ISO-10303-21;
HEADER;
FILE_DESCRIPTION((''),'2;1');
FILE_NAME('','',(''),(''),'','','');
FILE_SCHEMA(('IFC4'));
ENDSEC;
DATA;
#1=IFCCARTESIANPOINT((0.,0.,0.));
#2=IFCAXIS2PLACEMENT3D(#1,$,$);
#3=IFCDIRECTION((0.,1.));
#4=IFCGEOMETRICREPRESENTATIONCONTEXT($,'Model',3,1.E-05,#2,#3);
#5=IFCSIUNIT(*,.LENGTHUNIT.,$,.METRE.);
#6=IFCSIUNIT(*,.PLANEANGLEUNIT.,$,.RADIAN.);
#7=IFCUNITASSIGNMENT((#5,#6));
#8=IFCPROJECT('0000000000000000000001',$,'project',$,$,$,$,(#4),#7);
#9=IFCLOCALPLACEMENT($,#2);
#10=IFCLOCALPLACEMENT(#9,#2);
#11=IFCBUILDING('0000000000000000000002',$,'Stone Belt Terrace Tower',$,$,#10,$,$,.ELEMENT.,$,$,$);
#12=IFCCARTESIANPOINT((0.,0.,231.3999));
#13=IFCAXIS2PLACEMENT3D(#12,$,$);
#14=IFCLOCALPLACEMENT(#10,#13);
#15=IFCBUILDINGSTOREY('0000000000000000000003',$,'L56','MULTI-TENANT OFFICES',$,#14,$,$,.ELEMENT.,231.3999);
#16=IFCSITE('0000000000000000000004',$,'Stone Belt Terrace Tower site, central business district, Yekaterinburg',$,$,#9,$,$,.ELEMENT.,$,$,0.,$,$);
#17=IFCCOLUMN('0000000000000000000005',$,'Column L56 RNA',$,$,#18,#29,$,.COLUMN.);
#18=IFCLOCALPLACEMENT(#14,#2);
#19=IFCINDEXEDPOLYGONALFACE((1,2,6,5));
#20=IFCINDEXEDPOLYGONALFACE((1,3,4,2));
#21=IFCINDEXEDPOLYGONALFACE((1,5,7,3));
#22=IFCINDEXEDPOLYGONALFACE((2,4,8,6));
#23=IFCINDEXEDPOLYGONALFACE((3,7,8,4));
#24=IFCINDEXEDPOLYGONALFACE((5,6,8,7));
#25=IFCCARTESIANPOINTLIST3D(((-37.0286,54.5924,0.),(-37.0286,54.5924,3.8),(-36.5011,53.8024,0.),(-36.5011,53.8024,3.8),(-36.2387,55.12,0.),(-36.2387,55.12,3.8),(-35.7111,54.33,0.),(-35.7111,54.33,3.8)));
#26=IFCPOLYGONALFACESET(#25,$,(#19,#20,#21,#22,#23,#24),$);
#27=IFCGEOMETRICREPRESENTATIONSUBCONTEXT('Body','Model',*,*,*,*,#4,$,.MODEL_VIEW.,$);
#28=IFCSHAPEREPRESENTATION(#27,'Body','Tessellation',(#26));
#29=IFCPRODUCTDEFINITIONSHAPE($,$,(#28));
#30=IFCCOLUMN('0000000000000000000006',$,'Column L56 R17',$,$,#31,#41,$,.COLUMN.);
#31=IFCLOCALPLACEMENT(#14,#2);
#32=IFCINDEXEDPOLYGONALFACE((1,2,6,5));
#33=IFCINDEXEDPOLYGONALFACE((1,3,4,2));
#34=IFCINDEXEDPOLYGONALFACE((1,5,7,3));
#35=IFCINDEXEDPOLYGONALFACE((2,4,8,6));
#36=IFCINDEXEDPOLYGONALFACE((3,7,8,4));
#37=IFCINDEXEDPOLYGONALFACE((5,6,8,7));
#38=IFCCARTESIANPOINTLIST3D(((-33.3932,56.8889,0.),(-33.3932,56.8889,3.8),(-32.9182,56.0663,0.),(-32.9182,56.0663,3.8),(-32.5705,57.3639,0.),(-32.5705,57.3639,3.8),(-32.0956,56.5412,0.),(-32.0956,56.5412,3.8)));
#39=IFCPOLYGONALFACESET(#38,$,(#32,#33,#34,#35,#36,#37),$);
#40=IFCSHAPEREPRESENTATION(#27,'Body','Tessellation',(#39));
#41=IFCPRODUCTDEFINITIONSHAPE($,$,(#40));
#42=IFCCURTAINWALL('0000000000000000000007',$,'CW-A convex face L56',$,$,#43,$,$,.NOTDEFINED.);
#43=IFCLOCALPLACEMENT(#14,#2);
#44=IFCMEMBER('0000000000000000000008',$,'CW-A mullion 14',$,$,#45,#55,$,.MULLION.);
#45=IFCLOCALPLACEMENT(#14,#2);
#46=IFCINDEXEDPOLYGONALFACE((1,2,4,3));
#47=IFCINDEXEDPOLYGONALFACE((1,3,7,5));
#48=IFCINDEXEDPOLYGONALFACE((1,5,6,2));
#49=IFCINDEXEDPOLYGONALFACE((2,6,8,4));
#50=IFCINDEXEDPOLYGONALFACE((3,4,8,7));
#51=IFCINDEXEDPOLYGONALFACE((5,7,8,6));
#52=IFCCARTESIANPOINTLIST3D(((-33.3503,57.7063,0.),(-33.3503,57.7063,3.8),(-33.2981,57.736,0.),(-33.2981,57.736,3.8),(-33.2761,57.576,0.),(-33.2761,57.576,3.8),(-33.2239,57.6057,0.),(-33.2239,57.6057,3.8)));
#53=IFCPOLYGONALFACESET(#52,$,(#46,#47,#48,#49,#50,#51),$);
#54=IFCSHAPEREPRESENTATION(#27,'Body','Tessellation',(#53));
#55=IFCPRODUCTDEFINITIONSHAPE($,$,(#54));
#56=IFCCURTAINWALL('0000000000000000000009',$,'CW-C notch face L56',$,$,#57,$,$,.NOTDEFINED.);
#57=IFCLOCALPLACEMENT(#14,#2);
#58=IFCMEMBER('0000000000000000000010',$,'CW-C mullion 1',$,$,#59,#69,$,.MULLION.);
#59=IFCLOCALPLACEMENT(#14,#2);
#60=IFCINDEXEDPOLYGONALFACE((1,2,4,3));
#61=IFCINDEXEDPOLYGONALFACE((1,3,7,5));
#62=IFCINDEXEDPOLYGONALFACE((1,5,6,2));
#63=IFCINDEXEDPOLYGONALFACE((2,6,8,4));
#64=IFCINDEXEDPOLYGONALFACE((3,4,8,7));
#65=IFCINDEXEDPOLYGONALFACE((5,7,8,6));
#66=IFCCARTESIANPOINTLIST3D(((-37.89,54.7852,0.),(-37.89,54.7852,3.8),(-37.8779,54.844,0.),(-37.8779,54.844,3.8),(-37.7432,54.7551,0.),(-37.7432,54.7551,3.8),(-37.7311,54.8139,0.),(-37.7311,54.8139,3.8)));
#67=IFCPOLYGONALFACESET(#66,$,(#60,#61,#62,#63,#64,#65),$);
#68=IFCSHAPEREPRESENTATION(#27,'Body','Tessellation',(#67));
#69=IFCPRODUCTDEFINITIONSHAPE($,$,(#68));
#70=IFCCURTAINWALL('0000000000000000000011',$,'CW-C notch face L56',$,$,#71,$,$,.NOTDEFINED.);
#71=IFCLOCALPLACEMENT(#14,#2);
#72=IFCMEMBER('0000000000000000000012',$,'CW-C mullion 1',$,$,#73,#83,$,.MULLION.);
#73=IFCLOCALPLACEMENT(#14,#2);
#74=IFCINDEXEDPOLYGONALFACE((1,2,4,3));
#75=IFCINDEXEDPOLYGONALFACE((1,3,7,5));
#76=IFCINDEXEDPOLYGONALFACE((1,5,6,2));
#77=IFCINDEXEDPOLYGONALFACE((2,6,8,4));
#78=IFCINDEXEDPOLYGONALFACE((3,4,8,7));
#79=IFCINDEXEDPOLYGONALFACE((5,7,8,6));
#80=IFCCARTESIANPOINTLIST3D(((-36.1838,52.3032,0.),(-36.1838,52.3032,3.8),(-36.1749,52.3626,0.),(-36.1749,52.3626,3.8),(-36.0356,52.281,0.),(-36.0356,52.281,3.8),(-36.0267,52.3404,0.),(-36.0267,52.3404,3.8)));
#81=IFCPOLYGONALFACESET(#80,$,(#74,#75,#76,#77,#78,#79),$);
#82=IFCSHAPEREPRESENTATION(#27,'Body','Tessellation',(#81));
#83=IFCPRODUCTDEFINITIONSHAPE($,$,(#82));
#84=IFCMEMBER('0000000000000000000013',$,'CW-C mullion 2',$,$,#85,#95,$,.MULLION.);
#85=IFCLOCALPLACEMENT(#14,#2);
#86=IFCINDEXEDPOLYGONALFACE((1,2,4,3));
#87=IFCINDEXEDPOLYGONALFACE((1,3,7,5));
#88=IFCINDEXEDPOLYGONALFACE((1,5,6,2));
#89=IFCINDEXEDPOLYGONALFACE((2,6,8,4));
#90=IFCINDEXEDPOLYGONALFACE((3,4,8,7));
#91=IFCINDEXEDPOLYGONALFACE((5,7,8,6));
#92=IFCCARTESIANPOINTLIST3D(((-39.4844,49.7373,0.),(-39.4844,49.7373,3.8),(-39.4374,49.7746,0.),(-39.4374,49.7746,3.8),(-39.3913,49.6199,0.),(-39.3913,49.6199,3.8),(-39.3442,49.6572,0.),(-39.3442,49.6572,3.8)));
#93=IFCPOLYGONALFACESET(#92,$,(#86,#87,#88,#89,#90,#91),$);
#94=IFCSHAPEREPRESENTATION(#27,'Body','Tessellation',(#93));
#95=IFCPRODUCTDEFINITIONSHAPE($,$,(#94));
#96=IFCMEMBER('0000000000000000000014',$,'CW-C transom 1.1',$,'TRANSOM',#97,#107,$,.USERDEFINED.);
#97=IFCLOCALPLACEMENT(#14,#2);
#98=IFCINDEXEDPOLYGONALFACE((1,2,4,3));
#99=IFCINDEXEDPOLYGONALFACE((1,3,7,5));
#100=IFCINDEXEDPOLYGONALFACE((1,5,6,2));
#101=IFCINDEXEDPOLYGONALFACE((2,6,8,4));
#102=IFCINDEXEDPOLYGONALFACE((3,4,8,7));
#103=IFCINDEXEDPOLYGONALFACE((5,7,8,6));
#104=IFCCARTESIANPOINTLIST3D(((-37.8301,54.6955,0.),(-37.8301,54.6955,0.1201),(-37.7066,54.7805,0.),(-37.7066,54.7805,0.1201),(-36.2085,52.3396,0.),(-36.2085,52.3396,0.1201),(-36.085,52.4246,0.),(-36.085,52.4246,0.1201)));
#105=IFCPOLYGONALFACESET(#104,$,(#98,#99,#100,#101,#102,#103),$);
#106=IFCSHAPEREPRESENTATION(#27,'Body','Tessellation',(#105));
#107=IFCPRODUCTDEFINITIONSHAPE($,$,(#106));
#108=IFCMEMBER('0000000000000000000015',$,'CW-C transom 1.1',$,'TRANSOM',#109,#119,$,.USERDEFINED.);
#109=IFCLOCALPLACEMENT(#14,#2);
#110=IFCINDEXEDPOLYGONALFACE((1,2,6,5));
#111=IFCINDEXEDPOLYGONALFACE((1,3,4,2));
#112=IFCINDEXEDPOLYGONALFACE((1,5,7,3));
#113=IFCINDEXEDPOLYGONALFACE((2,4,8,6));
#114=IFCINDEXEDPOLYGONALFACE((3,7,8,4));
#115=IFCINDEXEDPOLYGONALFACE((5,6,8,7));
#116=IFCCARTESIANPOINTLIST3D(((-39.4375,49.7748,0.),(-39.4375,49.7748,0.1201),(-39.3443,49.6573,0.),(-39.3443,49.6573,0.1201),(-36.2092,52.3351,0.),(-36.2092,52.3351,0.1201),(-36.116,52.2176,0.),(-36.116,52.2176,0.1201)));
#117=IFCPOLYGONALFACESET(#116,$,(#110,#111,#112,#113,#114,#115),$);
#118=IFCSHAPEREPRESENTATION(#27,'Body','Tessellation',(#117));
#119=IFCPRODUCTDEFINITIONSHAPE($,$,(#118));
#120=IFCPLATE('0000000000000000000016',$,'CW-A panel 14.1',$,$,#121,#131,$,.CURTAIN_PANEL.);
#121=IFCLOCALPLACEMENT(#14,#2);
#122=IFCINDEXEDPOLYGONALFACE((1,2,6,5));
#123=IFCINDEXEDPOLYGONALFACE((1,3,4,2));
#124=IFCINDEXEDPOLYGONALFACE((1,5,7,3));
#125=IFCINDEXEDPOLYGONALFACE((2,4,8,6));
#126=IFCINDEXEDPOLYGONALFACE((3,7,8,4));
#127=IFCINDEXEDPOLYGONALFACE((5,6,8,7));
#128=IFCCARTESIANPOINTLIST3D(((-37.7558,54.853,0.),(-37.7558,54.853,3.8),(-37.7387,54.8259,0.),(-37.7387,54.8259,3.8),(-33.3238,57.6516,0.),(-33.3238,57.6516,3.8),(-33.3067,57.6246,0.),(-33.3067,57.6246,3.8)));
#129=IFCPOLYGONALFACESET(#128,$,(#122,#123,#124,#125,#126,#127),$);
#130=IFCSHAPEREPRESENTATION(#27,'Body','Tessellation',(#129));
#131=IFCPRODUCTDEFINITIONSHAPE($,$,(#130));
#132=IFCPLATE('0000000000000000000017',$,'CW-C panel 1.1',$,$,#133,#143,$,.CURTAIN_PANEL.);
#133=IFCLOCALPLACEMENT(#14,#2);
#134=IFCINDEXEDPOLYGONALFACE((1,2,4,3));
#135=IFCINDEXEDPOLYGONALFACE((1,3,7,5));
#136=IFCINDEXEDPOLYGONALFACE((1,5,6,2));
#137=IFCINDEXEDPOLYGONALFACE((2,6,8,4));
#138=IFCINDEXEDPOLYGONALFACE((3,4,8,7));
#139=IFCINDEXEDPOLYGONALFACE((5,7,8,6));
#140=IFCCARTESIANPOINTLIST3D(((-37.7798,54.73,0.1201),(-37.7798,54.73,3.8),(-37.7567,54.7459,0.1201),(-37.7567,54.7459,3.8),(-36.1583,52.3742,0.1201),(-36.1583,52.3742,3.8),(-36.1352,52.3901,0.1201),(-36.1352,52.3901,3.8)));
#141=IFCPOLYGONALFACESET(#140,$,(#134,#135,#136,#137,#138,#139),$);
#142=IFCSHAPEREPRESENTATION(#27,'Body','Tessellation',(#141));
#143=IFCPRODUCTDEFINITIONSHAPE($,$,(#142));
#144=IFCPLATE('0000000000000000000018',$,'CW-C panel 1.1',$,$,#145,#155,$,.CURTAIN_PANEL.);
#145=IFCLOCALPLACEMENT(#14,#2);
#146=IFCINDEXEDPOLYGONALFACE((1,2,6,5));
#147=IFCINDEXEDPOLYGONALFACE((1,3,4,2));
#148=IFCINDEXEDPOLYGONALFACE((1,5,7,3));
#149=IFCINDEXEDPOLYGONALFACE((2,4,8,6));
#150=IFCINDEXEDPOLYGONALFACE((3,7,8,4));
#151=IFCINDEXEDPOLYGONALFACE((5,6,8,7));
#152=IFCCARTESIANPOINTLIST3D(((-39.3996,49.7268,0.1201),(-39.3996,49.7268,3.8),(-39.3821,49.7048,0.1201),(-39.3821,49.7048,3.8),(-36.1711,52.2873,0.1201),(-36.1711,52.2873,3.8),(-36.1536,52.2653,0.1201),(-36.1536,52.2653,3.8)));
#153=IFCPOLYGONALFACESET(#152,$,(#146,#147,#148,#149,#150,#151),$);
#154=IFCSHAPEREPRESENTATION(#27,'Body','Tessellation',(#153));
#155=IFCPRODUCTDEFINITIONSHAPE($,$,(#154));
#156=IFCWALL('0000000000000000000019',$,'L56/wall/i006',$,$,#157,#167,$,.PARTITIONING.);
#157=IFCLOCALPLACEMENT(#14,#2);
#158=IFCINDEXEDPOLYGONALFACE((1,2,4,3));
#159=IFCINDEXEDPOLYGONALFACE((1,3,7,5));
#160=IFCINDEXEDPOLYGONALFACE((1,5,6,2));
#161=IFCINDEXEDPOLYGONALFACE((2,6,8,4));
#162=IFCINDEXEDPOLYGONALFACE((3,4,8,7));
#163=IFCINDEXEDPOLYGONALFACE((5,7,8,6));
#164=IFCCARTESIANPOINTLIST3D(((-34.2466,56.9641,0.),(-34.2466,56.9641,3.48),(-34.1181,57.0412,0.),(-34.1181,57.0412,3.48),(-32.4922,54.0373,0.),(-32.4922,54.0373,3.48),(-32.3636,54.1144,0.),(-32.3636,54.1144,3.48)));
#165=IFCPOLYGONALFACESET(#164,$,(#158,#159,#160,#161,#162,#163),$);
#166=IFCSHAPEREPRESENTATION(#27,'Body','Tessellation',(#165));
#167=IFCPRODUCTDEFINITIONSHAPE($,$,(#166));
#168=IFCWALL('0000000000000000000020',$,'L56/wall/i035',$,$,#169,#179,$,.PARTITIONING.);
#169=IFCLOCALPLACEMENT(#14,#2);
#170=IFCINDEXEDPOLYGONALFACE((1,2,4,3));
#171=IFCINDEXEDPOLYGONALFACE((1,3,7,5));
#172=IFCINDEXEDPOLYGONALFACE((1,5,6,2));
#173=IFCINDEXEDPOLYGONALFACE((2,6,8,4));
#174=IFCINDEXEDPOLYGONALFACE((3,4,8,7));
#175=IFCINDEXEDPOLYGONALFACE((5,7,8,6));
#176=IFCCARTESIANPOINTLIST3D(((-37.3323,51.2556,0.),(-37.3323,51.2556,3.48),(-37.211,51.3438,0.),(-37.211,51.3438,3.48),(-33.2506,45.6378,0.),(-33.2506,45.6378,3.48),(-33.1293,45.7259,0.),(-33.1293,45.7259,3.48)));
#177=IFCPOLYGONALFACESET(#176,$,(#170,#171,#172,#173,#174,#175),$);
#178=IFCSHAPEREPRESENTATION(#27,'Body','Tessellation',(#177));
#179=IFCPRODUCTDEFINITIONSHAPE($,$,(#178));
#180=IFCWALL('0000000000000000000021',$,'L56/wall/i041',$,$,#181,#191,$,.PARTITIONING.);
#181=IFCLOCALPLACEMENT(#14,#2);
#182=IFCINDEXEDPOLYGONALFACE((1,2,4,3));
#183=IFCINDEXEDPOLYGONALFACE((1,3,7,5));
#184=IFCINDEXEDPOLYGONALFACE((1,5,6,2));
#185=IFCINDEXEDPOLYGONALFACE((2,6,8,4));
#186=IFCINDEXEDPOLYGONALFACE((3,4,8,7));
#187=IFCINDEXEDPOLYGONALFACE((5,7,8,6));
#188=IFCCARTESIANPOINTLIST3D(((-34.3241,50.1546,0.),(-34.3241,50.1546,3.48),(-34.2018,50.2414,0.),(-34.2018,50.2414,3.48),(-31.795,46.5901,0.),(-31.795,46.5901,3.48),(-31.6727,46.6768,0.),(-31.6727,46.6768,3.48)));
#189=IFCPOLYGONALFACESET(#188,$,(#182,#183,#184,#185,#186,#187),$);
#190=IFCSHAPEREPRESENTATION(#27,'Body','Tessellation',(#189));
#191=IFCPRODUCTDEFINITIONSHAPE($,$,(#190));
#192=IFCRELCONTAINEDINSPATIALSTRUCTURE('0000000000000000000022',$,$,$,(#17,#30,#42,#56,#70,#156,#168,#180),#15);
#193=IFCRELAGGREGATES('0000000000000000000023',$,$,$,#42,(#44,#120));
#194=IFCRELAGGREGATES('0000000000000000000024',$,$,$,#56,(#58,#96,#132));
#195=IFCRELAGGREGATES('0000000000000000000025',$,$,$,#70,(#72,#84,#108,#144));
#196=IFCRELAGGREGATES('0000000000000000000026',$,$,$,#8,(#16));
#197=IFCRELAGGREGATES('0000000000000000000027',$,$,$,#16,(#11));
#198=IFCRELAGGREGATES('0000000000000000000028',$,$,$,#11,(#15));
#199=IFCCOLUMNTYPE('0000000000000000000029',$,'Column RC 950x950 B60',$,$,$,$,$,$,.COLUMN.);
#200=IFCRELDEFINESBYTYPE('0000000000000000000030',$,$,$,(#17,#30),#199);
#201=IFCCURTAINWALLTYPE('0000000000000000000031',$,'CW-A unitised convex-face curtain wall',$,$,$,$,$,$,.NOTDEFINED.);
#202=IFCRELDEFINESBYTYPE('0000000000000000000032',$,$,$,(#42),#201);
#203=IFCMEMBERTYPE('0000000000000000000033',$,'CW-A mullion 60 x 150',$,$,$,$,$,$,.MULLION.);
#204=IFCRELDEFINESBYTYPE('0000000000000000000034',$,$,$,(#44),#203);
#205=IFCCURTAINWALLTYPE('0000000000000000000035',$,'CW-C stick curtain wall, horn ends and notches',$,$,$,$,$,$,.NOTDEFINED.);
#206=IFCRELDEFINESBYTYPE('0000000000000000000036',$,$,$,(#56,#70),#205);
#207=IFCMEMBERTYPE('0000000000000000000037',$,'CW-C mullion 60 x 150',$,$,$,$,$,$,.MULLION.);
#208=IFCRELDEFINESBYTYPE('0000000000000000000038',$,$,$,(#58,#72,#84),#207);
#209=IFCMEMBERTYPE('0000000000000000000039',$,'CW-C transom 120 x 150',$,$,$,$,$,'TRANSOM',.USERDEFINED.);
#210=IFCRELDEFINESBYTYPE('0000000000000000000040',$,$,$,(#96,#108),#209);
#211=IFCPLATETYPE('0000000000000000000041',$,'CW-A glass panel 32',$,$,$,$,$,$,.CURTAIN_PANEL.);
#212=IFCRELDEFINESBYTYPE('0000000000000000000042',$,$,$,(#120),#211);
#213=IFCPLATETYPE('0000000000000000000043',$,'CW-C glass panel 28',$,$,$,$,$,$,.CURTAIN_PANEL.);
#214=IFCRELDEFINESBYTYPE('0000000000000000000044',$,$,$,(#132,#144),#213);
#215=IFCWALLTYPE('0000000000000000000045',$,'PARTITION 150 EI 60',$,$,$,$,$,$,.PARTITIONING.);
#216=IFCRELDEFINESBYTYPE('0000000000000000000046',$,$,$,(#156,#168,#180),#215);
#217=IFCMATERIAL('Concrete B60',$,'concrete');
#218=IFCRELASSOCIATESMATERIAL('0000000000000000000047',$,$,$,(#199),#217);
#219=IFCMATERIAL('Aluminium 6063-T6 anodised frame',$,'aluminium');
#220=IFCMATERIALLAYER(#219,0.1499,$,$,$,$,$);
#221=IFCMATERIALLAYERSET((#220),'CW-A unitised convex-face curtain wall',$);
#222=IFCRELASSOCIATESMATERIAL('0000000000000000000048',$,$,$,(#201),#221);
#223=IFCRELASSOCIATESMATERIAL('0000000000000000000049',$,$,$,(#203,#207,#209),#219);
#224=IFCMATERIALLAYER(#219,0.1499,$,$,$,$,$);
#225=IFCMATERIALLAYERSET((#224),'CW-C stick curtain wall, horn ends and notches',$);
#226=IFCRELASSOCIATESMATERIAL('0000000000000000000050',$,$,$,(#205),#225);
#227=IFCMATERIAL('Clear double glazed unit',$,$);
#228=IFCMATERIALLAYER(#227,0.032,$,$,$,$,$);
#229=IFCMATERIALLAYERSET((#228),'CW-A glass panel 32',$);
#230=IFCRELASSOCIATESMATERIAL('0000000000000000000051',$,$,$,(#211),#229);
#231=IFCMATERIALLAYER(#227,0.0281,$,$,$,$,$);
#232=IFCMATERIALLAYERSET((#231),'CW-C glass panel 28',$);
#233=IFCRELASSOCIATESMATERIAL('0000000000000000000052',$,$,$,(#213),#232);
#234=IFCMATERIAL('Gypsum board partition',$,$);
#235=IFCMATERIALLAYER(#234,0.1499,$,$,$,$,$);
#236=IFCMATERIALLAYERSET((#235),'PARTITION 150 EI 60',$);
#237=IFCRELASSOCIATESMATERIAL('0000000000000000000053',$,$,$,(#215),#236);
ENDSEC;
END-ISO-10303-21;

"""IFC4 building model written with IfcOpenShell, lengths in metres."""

from ifc_helpers import new_model, si_unit, direction, frame, frame_2d, origin, origin_2d, place, context, subcontext, project, spatial, rectangle, extrude, material, layer, layer_set, material_profile, profile_set, type_object, element, aggregate, save


model = new_model("IFC4")

# Units and contexts
model_context = context("Model", 3, precision=1e-05, world=origin(), true_north=direction((0.0, 1.0)))
body_context = subcontext(model_context, "Body", "Model", "MODEL_VIEW")
ifc_project = project(units=[si_unit("LENGTHUNIT", "METRE"), si_unit("PLANEANGLEUNIT", "RADIAN")], contexts=[model_context])

# Site, building, storey
site_placement = place(None, origin())
site = spatial("IfcSite", under=ifc_project, at=site_placement, Name="Stone Belt Terrace Tower site, central business district, Yekaterinburg", CompositionType="ELEMENT", RefElevation=0.0)
building_placement = place(site_placement, origin())
building = spatial("IfcBuilding", under=site, at=building_placement, Name="Stone Belt Terrace Tower", CompositionType="ELEMENT")
storey_placement = place(building_placement, frame((0.0, 0.0, 231.3999)))
storey = spatial("IfcBuildingStorey", under=building, at=storey_placement, Name="L56", Description="MULTI-TENANT OFFICES", CompositionType="ELEMENT", Elevation=231.3999)

# Columns
ifc_material_1 = material(Name="Concrete B60", Category="concrete")
ifc_material_profile_1 = material_profile(ifc_material_1, rectangle(XDim=0.95, YDim=0.95, at=origin_2d()), Name="RC 950x950")
ifc_profile_set_1 = profile_set([ifc_material_profile_1], Name="Concrete B60")
column_type = type_object("IfcColumnType", Name="Column RC 950x950 B60", PredefinedType="COLUMN", material=ifc_profile_set_1)
for number, where, z_axis, x_axis, name in (
    (1, (-36.3699, 54.4612, 0.0), (0.0, 0.0, 1.0), (0.83161, 0.55536, 0.0), "Column L56 RNA"),
    (2, (-32.7444, 56.7151, 0.0), (0.0, 0.0, 1.0), (0.866025, 0.5, 0.0), "Column L56 R17"),
):
    element("IfcColumn", number, at=place(storey_placement, frame(where, z_axis=z_axis, x_axis=x_axis)), inside=storey, type_object=column_type, Name=name, PredefinedType="COLUMN", context=body_context, shape_type="SweptSolid", body=[
        extrude(rectangle(XDim=0.95, YDim=0.95, at=origin_2d()), origin(), (0.0, 0.0, 1.0), 3.8),
    ])

# Curtain walls, members
ifc_material_2 = material(Name="Aluminium 6063-T6 anodised frame", Category="aluminium")
ifc_layer_1 = layer(ifc_material_2, 0.1499)
ifc_layer_set_1 = layer_set([ifc_layer_1], Name="CW-A unitised convex-face curtain wall")
curtain_wall_type_1 = type_object("IfcCurtainWallType", Name="CW-A unitised convex-face curtain wall", PredefinedType="NOTDEFINED", material=ifc_layer_set_1)
curtain_wall_1_placement = place(storey_placement, origin())
curtain_wall_1 = element("IfcCurtainWall", 3, at=curtain_wall_1_placement, inside=storey, type_object=curtain_wall_type_1, Name="CW-A convex face L56", PredefinedType="NOTDEFINED")
ifc_material_profile_2 = material_profile(ifc_material_2, rectangle(XDim=0.1499, YDim=0.0601, at=origin_2d()), Name="Aluminium 6063-T6 60x150")
ifc_profile_set_2 = profile_set([ifc_material_profile_2], Name="Aluminium 6063-T6 anodised frame")
member_type_1 = type_object("IfcMemberType", Name="CW-A mullion 60 x 150", PredefinedType="MULLION", material=ifc_profile_set_2)
member_1_placement = place(storey_placement, frame((-33.2871, 57.656, 0.0), z_axis=(0.0, 0.0, 1.0), x_axis=(0.494474, -0.869192, 0.0)))
member_1 = element("IfcMember", 4, at=member_1_placement, type_object=member_type_1, Name="CW-A mullion 14", PredefinedType="MULLION", context=body_context, shape_type="SweptSolid", body=[
    extrude(rectangle(XDim=0.1499, YDim=0.0601, at=origin_2d()), origin(), (0.0, 0.0, 1.0), 3.8),
])
ifc_layer_2 = layer(ifc_material_2, 0.1499)
ifc_layer_set_2 = layer_set([ifc_layer_2], Name="CW-C stick curtain wall, horn ends and notches")
curtain_wall_type_2 = type_object("IfcCurtainWallType", Name="CW-C stick curtain wall, horn ends and notches", PredefinedType="NOTDEFINED", material=ifc_layer_set_2)
curtain_wall_2_placement = place(storey_placement, origin())
curtain_wall_2 = element("IfcCurtainWall", 5, at=curtain_wall_2_placement, inside=storey, type_object=curtain_wall_type_2, Name="CW-C notch face L56", PredefinedType="NOTDEFINED")
ifc_material_profile_3 = material_profile(ifc_material_2, rectangle(XDim=0.1499, YDim=0.0601, at=origin_2d()), Name="Aluminium 6063-T6 60x150")
ifc_profile_set_3 = profile_set([ifc_material_profile_3], Name="Aluminium 6063-T6 anodised frame")
member_type_2 = type_object("IfcMemberType", Name="CW-C mullion 60 x 150", PredefinedType="MULLION", material=ifc_profile_set_3)
member_2_placement = place(storey_placement, frame((-37.8105, 54.7996, 0.0), z_axis=(0.0, 0.0, 1.0), x_axis=(0.979594, -0.200987, 0.0)))
member_2 = element("IfcMember", 6, at=member_2_placement, type_object=member_type_2, Name="CW-C mullion 1", PredefinedType="MULLION", context=body_context, shape_type="SweptSolid", body=[
    extrude(rectangle(XDim=0.1499, YDim=0.0601, at=origin_2d()), origin(), (0.0, 0.0, 1.0), 3.8),
])

# Curtain wall, members
curtain_wall_3_placement = place(storey_placement, origin())
curtain_wall_3 = element("IfcCurtainWall", 7, at=curtain_wall_3_placement, inside=storey, type_object=curtain_wall_type_2, Name="CW-C notch face L56", PredefinedType="NOTDEFINED")
member_3_placement = place(storey_placement, frame((-36.1052, 52.3218, 0.0), z_axis=(0.0, 0.0, 1.0), x_axis=(0.988962, -0.148172, 0.0)))
member_3 = element("IfcMember", 8, at=member_3_placement, type_object=member_type_2, Name="CW-C mullion 1", PredefinedType="MULLION", context=body_context, shape_type="SweptSolid", body=[
    extrude(rectangle(XDim=0.1499, YDim=0.0601, at=origin_2d()), origin(), (0.0, 0.0, 1.0), 3.8),
])
member_4_placement = place(storey_placement, frame((-39.4143, 49.6973, 0.0), z_axis=(0.0, 0.0, 1.0), x_axis=(0.621388, -0.783503, 0.0)))
member_4 = element("IfcMember", 9, at=member_4_placement, type_object=member_type_2, Name="CW-C mullion 2", PredefinedType="MULLION", context=body_context, shape_type="SweptSolid", body=[
    extrude(rectangle(XDim=0.1499, YDim=0.0601, at=origin_2d()), origin(), (0.0, 0.0, 1.0), 3.8),
])

# Members
ifc_material_profile_4 = material_profile(ifc_material_2, rectangle(XDim=0.1499, YDim=0.1201, at=origin_2d()), Name="Aluminium 6063-T6 150x120")
ifc_profile_set_4 = profile_set([ifc_material_profile_4], Name="Aluminium 6063-T6 anodised frame")
member_type_3 = type_object("IfcMemberType", Name="CW-C transom 120 x 150", ElementType="TRANSOM", PredefinedType="USERDEFINED", material=ifc_profile_set_4)
member_5_placement = place(storey_placement, frame((-37.7683, 54.738, 0.0601), z_axis=(0.566971, -0.823738, 0.0), x_axis=(0.823738, 0.566971, 0.0)))
member_5 = element("IfcMember", 10, at=member_5_placement, type_object=member_type_3, Name="CW-C transom 1.1", ObjectType="TRANSOM", PredefinedType="USERDEFINED", context=body_context, shape_type="SweptSolid", body=[
    extrude(rectangle(XDim=0.1499, YDim=0.1201, at=origin_2d()), origin(), (0.0, 0.0, 1.0), 2.8601),
])
member_6_placement = place(storey_placement, frame((-36.1626, 52.2764, 0.0601), z_axis=(-0.783504, -0.621387, 0.0), x_axis=(0.621387, -0.783504, 0.0)))
member_6 = element("IfcMember", 11, at=member_6_placement, type_object=member_type_3, Name="CW-C transom 1.1", ObjectType="TRANSOM", PredefinedType="USERDEFINED", context=body_context, shape_type="SweptSolid", body=[
    extrude(rectangle(XDim=0.1499, YDim=0.1201, at=origin_2d()), origin(), (0.0, 0.0, 1.0), 4.1204),
])

# Plates
ifc_material_3 = material(Name="Clear double glazed unit")
ifc_layer_3 = layer(ifc_material_3, 0.032)
ifc_layer_set_3 = layer_set([ifc_layer_3], Name="CW-A glass panel 32")
plate_type_1 = type_object("IfcPlateType", Name="CW-A glass panel 32", PredefinedType="CURTAIN_PANEL", material=ifc_layer_set_3)
plate_1_placement = place(storey_placement, frame((-35.5312, 56.2388, 0.0), z_axis=(0.0, 0.0, 1.0), x_axis=(-0.84554, -0.533913, 0.0)))
plate_1 = element("IfcPlate", 12, at=plate_1_placement, type_object=plate_type_1, Name="CW-A panel 14.1", PredefinedType="CURTAIN_PANEL", context=body_context, shape_type="SweptSolid", body=[
    extrude(rectangle(XDim=5.2417, YDim=0.032, at=origin_2d()), origin(), (0.0, 0.0, 1.0), 3.8),
])
aggregate(curtain_wall_1, [member_1, plate_1])
ifc_layer_4 = layer(ifc_material_3, 0.0281)
ifc_layer_set_4 = layer_set([ifc_layer_4], Name="CW-C glass panel 28")
plate_type_2 = type_object("IfcPlateType", Name="CW-C glass panel 28", PredefinedType="CURTAIN_PANEL", material=ifc_layer_set_4)
plate_2_placement = place(storey_placement, frame((-36.9575, 53.5601, 0.1201), z_axis=(0.0, 0.0, 1.0), x_axis=(0.566987, -0.823727, 0.0)))
plate_2 = element("IfcPlate", 13, at=plate_2_placement, type_object=plate_type_2, Name="CW-C panel 1.1", PredefinedType="CURTAIN_PANEL", context=body_context, shape_type="SweptSolid", body=[
    extrude(rectangle(XDim=2.8599, YDim=0.0281, at=origin_2d()), origin(), (0.0, 0.0, 1.0), 3.6799),
])
aggregate(curtain_wall_2, [member_2, member_5, plate_2])
plate_3_placement = place(storey_placement, frame((-37.7766, 50.9961, 0.1201), z_axis=(0.0, 0.0, 1.0), x_axis=(-0.783503, -0.621388, 0.0)))
plate_3 = element("IfcPlate", 14, at=plate_3_placement, type_object=plate_type_2, Name="CW-C panel 1.1", PredefinedType="CURTAIN_PANEL", context=body_context, shape_type="SweptSolid", body=[
    extrude(rectangle(XDim=4.1206, YDim=0.0281, at=origin_2d()), origin(), (0.0, 0.0, 1.0), 3.6799),
])
aggregate(curtain_wall_3, [member_3, member_4, member_6, plate_3])

# Walls
ifc_material_4 = material(Name="Gypsum board partition")
ifc_layer_5 = layer(ifc_material_4, 0.1499)
ifc_layer_set_5 = layer_set([ifc_layer_5], Name="PARTITION 150 EI 60")
wall_type = type_object("IfcWallType", Name="PARTITION 150 EI 60", PredefinedType="PARTITIONING", material=ifc_layer_set_5)
wall_1_placement = place(storey_placement, frame((-32.428, 54.0759, 0.0), z_axis=(0.0, 0.0, 1.0), x_axis=(-0.514138, 0.857707, 0.0)))
element("IfcWall", 15, at=wall_1_placement, inside=storey, type_object=wall_type, Name="L56/wall/i006", PredefinedType="PARTITIONING", context=body_context, shape_type="SweptSolid", body=[
    extrude(rectangle(XDim=3.4124, YDim=0.1499, at=frame_2d((1.7061, 0.0))), origin(), (0.0, 0.0, 1.0), 3.48),
])
wall_2_placement = place(storey_placement, frame((-37.2717, 51.2998, 0.0), z_axis=(0.0, 0.0, 1.0), x_axis=(0.587797, -0.809008, 0.0)))
element("IfcWall", 16, at=wall_2_placement, inside=storey, type_object=wall_type, Name="L56/wall/i035", PredefinedType="PARTITIONING", context=body_context, shape_type="SweptSolid", body=[
    extrude(rectangle(XDim=6.9441, YDim=0.1499, at=frame_2d((3.4722, 0.0))), origin(), (0.0, 0.0, 1.0), 3.48),
])
wall_3_placement = place(storey_placement, frame((-34.2629, 50.198, 0.0), z_axis=(0.0, 0.0, 1.0), x_axis=(0.578662, -0.815568, 0.0)))
element("IfcWall", 17, at=wall_3_placement, inside=storey, type_object=wall_type, Name="L56/wall/i041", PredefinedType="PARTITIONING", context=body_context, shape_type="SweptSolid", body=[
    extrude(rectangle(XDim=4.3706, YDim=0.1499, at=frame_2d((2.1853, 0.0))), origin(), (0.0, 0.0, 1.0), 3.48),
])

save(model, "model.ifc")
